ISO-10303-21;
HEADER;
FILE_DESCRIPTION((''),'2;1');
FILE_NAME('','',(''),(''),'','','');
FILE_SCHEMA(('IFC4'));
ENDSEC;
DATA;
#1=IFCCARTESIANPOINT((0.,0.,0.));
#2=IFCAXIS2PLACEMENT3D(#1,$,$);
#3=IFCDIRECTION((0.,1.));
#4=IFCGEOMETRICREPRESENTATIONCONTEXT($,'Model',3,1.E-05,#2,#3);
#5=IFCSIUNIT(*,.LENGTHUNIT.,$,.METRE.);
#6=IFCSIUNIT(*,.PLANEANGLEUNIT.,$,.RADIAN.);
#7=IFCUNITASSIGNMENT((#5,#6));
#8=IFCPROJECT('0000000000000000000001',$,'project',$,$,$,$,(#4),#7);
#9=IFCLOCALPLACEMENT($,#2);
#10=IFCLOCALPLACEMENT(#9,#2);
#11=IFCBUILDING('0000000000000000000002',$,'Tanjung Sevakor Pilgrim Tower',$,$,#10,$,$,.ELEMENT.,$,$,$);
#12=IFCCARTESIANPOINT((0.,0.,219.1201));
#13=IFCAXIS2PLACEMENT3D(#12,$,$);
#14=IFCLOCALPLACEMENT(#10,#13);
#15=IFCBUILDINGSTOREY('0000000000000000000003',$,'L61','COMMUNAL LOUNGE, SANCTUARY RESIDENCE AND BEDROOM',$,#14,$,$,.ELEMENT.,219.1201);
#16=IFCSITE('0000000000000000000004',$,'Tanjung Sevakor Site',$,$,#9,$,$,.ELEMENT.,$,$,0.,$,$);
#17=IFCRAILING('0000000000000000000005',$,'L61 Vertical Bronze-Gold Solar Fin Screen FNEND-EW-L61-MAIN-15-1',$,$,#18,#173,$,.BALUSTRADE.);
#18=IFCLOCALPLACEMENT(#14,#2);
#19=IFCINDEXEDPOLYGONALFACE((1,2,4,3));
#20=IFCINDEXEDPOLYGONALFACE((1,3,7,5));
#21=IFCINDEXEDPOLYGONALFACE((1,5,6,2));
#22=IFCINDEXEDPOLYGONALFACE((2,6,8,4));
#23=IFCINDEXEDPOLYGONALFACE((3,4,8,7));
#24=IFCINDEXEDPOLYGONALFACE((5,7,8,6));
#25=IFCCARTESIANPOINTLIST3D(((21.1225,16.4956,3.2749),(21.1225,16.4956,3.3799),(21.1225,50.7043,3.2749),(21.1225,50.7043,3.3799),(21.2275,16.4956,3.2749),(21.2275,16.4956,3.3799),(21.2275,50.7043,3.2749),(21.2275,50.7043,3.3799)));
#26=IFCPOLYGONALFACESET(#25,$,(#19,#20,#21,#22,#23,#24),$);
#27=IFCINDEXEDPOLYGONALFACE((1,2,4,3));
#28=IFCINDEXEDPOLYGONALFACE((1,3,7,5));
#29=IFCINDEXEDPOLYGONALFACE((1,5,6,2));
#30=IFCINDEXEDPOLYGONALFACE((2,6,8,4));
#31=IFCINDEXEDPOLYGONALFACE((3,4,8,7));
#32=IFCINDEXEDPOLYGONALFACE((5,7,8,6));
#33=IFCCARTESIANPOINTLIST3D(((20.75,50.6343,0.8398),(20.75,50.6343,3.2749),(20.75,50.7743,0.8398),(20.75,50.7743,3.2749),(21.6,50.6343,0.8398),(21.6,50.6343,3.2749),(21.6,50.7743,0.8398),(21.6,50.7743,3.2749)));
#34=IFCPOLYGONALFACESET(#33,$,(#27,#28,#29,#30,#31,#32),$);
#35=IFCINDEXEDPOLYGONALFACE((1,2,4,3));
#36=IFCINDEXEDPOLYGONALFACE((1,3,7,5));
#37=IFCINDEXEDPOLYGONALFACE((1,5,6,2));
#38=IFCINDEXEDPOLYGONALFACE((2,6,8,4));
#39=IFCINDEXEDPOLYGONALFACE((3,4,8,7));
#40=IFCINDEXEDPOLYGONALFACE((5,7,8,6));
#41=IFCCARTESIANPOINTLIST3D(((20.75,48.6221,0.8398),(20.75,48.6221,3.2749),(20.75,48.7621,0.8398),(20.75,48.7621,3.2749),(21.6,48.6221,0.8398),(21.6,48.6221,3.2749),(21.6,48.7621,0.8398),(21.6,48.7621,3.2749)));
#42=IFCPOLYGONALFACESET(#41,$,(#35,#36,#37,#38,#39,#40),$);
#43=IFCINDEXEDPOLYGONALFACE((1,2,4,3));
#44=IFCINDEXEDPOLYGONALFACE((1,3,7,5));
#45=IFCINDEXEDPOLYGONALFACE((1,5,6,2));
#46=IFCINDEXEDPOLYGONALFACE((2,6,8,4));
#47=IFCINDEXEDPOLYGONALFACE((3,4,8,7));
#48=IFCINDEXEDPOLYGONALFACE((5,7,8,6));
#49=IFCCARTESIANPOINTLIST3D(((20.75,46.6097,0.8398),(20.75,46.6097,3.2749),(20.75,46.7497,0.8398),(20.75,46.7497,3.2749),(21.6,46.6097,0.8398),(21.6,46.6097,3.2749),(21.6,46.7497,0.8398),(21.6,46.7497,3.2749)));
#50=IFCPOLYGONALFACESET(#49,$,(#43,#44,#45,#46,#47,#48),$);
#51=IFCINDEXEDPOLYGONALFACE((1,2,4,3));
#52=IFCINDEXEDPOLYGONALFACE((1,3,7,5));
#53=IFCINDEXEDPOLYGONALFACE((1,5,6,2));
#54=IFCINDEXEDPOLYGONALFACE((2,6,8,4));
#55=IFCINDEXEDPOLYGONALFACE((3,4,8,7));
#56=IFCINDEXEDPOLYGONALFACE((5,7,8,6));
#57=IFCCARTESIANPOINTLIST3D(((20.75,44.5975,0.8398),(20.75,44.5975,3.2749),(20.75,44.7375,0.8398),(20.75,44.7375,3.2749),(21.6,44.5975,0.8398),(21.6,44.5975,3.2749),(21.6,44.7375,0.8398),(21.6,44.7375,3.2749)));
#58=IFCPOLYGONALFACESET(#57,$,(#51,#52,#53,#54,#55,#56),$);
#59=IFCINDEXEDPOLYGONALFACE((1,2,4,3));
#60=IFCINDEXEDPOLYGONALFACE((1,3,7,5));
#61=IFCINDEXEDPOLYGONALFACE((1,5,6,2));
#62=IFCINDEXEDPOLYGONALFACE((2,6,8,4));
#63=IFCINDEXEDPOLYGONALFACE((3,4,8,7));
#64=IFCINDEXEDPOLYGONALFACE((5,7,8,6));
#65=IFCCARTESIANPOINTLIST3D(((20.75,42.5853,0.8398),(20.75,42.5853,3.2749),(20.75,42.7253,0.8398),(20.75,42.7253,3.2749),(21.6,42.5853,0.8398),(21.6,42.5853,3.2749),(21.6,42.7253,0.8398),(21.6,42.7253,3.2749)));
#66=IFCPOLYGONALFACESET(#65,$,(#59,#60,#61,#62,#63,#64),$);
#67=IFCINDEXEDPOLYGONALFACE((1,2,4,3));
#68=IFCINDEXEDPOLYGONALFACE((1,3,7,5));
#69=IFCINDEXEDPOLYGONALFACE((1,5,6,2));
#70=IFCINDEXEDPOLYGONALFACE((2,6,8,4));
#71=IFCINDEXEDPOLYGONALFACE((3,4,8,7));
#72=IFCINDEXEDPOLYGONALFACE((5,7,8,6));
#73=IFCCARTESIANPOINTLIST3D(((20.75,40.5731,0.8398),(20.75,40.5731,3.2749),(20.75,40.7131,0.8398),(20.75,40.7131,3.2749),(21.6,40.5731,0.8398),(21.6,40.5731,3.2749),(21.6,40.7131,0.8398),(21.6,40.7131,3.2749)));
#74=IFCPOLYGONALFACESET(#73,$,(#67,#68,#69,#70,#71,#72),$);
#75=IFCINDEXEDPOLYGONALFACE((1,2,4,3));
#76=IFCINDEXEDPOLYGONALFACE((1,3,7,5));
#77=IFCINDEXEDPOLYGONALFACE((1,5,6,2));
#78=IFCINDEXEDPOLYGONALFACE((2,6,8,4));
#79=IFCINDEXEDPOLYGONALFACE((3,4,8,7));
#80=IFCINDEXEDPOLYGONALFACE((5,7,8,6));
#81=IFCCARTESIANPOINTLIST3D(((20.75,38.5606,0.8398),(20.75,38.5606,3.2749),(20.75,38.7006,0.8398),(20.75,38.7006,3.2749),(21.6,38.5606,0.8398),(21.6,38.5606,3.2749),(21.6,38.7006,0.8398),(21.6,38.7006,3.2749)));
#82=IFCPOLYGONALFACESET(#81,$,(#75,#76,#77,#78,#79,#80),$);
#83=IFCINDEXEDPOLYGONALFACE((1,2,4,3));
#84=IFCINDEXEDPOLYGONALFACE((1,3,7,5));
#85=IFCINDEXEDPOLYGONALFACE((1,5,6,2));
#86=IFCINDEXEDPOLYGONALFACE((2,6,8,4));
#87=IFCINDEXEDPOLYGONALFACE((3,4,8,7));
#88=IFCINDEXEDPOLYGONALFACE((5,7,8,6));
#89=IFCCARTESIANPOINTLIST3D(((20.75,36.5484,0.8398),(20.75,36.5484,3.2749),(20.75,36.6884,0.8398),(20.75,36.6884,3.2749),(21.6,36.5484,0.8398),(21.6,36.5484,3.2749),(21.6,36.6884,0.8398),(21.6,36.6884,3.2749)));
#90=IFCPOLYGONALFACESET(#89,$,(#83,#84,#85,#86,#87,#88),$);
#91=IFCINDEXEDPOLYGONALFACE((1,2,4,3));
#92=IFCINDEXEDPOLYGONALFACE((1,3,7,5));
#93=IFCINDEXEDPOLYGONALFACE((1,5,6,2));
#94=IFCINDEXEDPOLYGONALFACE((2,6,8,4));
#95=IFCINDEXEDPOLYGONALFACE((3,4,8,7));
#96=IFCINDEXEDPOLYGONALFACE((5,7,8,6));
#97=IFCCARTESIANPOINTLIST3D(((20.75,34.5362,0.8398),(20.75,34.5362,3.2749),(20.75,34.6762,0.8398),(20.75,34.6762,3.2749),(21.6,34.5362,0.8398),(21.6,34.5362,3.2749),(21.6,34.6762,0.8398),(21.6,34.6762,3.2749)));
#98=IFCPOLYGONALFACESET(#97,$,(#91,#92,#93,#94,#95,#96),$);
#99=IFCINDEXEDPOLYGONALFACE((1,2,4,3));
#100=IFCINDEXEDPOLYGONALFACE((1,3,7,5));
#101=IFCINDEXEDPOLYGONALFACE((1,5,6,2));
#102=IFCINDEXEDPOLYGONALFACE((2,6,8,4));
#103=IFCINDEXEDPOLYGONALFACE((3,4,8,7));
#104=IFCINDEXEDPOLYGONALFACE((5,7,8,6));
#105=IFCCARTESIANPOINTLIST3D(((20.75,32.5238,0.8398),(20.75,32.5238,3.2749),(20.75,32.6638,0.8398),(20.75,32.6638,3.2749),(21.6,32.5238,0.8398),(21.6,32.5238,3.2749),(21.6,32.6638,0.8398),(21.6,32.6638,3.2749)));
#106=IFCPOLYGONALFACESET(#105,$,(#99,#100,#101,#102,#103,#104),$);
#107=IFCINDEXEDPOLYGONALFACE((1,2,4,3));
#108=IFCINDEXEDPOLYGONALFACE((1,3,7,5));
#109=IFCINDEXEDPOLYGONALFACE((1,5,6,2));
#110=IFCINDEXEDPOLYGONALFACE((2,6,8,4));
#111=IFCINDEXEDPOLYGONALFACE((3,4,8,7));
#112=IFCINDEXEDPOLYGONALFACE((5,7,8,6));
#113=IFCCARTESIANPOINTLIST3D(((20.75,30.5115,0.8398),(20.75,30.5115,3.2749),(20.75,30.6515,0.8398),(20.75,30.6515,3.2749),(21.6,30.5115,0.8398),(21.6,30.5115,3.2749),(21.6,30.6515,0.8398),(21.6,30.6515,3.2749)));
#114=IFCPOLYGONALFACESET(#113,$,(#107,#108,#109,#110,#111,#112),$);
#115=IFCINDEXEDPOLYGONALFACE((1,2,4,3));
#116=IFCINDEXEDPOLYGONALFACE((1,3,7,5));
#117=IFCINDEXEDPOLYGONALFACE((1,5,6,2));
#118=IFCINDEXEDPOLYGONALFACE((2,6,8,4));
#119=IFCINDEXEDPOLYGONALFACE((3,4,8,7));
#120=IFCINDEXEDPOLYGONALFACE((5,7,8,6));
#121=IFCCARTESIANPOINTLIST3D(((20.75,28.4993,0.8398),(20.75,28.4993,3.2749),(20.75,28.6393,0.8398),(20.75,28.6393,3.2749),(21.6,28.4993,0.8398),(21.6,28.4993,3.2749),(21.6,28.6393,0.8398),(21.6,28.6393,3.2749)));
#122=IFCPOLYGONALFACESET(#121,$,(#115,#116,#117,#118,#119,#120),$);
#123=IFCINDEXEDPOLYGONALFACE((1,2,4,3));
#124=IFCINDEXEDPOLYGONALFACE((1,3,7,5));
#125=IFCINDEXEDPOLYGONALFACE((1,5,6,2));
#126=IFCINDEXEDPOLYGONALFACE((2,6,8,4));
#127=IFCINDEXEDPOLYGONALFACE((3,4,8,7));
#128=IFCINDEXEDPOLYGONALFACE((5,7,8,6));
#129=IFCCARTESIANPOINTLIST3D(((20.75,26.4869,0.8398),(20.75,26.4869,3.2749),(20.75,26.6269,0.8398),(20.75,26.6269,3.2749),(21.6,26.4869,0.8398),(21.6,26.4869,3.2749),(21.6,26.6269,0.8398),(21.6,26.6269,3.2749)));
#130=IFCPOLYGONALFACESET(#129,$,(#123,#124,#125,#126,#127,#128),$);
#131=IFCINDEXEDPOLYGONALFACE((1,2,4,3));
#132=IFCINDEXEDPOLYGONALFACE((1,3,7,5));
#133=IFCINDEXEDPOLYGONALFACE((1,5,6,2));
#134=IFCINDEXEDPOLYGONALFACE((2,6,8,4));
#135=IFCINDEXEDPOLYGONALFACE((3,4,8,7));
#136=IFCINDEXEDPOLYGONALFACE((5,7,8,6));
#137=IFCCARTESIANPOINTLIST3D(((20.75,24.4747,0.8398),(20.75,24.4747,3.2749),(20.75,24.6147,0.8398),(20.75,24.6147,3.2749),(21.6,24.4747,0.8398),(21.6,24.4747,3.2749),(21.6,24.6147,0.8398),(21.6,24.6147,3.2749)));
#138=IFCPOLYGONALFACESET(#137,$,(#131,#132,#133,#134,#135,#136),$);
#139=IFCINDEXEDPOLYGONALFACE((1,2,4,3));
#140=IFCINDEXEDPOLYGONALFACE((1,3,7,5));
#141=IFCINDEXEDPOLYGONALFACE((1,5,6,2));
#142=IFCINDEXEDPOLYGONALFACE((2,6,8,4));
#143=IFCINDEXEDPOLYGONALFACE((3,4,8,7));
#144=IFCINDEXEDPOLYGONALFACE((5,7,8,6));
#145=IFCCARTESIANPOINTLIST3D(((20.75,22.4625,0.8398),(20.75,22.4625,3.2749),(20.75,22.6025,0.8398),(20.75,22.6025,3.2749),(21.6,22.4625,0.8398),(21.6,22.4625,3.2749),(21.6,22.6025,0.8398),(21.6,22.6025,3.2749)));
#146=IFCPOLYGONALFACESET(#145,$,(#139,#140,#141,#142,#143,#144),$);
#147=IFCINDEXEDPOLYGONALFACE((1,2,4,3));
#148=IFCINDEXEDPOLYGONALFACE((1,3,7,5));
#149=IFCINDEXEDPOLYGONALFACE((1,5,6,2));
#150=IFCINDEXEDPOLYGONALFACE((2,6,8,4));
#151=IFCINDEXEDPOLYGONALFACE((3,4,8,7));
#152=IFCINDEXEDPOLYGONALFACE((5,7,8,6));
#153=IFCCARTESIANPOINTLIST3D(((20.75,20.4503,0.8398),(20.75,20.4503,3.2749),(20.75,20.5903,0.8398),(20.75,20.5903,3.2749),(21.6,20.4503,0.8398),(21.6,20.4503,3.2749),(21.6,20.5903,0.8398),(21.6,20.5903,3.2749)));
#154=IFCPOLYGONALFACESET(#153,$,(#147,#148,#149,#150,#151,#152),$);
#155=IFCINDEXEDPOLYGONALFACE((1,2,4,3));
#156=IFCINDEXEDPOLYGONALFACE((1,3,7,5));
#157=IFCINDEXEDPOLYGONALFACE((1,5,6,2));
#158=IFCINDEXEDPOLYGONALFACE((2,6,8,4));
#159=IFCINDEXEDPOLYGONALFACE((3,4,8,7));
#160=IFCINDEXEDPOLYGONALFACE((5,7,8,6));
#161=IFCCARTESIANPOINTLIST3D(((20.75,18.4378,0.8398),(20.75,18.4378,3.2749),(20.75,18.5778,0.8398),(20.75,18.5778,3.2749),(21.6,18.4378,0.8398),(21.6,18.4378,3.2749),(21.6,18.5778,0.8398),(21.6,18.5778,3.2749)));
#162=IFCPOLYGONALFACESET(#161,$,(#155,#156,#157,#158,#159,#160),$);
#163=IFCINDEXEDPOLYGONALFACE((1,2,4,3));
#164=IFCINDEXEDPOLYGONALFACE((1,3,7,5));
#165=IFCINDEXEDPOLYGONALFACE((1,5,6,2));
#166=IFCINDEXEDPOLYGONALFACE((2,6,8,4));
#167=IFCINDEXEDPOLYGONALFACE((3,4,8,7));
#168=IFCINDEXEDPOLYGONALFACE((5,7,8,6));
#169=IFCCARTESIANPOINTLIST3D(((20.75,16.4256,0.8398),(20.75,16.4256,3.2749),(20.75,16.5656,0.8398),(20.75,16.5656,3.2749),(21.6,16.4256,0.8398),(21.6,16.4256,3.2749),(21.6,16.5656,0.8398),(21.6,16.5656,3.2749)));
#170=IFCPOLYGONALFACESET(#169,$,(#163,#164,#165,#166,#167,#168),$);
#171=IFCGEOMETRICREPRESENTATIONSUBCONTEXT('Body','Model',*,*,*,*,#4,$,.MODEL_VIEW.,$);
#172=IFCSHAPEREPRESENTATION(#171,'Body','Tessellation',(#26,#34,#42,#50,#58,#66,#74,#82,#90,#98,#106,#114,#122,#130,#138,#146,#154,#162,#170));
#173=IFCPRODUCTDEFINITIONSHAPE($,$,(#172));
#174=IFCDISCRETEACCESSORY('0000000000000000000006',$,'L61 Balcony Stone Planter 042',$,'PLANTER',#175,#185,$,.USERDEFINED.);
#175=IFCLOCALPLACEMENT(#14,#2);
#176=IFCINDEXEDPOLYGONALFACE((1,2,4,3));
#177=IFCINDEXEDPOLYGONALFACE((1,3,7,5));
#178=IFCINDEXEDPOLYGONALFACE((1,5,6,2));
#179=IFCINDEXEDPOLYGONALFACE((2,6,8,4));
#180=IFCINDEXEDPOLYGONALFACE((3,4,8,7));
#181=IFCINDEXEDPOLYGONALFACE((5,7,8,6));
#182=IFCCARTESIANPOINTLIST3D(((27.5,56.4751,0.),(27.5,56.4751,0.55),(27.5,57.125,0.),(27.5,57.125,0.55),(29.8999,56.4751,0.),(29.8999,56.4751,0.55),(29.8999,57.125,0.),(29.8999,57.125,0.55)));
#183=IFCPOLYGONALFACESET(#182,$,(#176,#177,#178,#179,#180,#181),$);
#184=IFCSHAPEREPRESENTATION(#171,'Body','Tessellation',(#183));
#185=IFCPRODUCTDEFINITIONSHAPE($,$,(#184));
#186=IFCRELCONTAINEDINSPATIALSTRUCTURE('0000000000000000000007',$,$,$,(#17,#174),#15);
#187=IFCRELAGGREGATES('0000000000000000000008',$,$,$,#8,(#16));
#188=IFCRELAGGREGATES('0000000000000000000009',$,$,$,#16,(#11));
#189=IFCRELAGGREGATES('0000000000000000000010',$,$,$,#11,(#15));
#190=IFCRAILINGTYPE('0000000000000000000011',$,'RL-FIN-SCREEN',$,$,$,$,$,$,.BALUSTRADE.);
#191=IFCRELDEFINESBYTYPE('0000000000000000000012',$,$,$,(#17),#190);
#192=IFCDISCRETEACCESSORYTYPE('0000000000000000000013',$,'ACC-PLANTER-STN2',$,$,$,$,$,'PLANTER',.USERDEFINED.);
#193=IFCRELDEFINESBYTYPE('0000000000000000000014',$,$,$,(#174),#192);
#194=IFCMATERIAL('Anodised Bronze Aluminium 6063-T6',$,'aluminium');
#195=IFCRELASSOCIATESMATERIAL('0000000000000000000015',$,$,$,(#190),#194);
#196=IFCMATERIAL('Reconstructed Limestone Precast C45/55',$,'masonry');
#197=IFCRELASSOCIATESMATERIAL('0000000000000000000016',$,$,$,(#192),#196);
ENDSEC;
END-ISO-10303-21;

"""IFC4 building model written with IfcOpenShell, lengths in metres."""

from ifc_helpers import new_model, si_unit, direction, frame, origin, origin_2d, place, context, subcontext, project, spatial, rectangle, extrude, material, type_object, element, save


model = new_model("IFC4")

# Units and contexts
model_context = context("Model", 3, precision=1e-05, world=origin(), true_north=direction((0.0, 1.0)))
body_context = subcontext(model_context, "Body", "Model", "MODEL_VIEW")
ifc_project = project(units=[si_unit("LENGTHUNIT", "METRE"), si_unit("PLANEANGLEUNIT", "RADIAN")], contexts=[model_context])

# Site, building, storey
site_placement = place(None, origin())
site = spatial("IfcSite", under=ifc_project, at=site_placement, Name="Tanjung Sevakor Site", CompositionType="ELEMENT", RefElevation=0.0)
building_placement = place(site_placement, origin())
building = spatial("IfcBuilding", under=site, at=building_placement, Name="Tanjung Sevakor Pilgrim Tower", CompositionType="ELEMENT")
storey_placement = place(building_placement, frame((0.0, 0.0, 219.1201)))
storey = spatial("IfcBuildingStorey", under=building, at=storey_placement, Name="L61", Description="COMMUNAL LOUNGE, SANCTUARY RESIDENCE AND BEDROOM", CompositionType="ELEMENT", Elevation=219.1201)

# Railing
ifc_material_1 = material(Name="Anodised Bronze Aluminium 6063-T6", Category="aluminium")
railing_type_1 = type_object("IfcRailingType", Name="RL-FIN-SCREEN", PredefinedType="BALUSTRADE", material=ifc_material_1)
railing_1_placement = place(storey_placement, frame((21.175, 50.7043, 0.8398)))
element("IfcRailing", 1, at=railing_1_placement, inside=storey, type_object=railing_type_1, Name="L61 Vertical Bronze-Gold Solar Fin Screen FNEND-EW-L61-MAIN-15-1", PredefinedType="BALUSTRADE", context=body_context, shape_type="SweptSolid", body=[
    extrude(rectangle(XDim=0.105, YDim=0.105), frame((0.0, 0.0, 2.4875), z_axis=(0.0, -1.0, 0.0), x_axis=(1.0, 0.0, 0.0)), (0.0, 0.0, 1.0), 34.2087),
    extrude(rectangle(XDim=0.85, YDim=0.14), origin(), (0.0, 0.0, 1.0), 2.4351),
    extrude(rectangle(XDim=0.85, YDim=0.14), frame((0.0, -2.0122, 0.0)), (0.0, 0.0, 1.0), 2.4351),
    extrude(rectangle(XDim=0.85, YDim=0.14), frame((0.0, -4.0247, 0.0)), (0.0, 0.0, 1.0), 2.4351),
    extrude(rectangle(XDim=0.85, YDim=0.14), frame((0.0, -6.0369, 0.0)), (0.0, 0.0, 1.0), 2.4351),
    extrude(rectangle(XDim=0.85, YDim=0.14), frame((0.0, -8.0491, 0.0)), (0.0, 0.0, 1.0), 2.4351),
    extrude(rectangle(XDim=0.85, YDim=0.14), frame((0.0, -10.0613, 0.0)), (0.0, 0.0, 1.0), 2.4351),
    extrude(rectangle(XDim=0.85, YDim=0.14), frame((0.0, -12.0737, 0.0)), (0.0, 0.0, 1.0), 2.4351),
    extrude(rectangle(XDim=0.85, YDim=0.14), frame((0.0, -14.0859, 0.0)), (0.0, 0.0, 1.0), 2.4351),
    extrude(rectangle(XDim=0.85, YDim=0.14), frame((0.0, -16.0981, 0.0)), (0.0, 0.0, 1.0), 2.4351),
    extrude(rectangle(XDim=0.85, YDim=0.14), frame((0.0, -18.1106, 0.0)), (0.0, 0.0, 1.0), 2.4351),
    extrude(rectangle(XDim=0.85, YDim=0.14), frame((0.0, -20.1228, 0.0)), (0.0, 0.0, 1.0), 2.4351),
    extrude(rectangle(XDim=0.85, YDim=0.14), frame((0.0, -22.135, 0.0)), (0.0, 0.0, 1.0), 2.4351),
    extrude(rectangle(XDim=0.85, YDim=0.14), frame((0.0, -24.1475, 0.0)), (0.0, 0.0, 1.0), 2.4351),
    extrude(rectangle(XDim=0.85, YDim=0.14), frame((0.0, -26.1597, 0.0)), (0.0, 0.0, 1.0), 2.4351),
    extrude(rectangle(XDim=0.85, YDim=0.14), frame((0.0, -28.1719, 0.0)), (0.0, 0.0, 1.0), 2.4351),
    extrude(rectangle(XDim=0.85, YDim=0.14), frame((0.0, -30.1841, 0.0)), (0.0, 0.0, 1.0), 2.4351),
    extrude(rectangle(XDim=0.85, YDim=0.14), frame((0.0, -32.1965, 0.0)), (0.0, 0.0, 1.0), 2.4351),
    extrude(rectangle(XDim=0.85, YDim=0.14), frame((0.0, -34.2087, 0.0)), (0.0, 0.0, 1.0), 2.4351),
])

# Discrete accessory
ifc_material_2 = material(Name="Reconstructed Limestone Precast C45/55", Category="masonry")
discrete_accessory_type = type_object("IfcDiscreteAccessoryType", Name="ACC-PLANTER-STN2", ElementType="PLANTER", PredefinedType="USERDEFINED", material=ifc_material_2)
discrete_accessory_placement = place(storey_placement, frame((28.7, 56.8, 0.0), z_axis=(0.0, 0.0, 1.0), x_axis=(1.0, 0.0, 0.0)))
element("IfcDiscreteAccessory", 2, at=discrete_accessory_placement, inside=storey, type_object=discrete_accessory_type, Name="L61 Balcony Stone Planter 042", ObjectType="PLANTER", PredefinedType="USERDEFINED", context=body_context, shape_type="SweptSolid", body=[
    extrude(rectangle(XDim=2.3999, YDim=0.6499, at=origin_2d()), origin(), (0.0, 0.0, 1.0), 0.55),
])

save(model, "model.ifc")
